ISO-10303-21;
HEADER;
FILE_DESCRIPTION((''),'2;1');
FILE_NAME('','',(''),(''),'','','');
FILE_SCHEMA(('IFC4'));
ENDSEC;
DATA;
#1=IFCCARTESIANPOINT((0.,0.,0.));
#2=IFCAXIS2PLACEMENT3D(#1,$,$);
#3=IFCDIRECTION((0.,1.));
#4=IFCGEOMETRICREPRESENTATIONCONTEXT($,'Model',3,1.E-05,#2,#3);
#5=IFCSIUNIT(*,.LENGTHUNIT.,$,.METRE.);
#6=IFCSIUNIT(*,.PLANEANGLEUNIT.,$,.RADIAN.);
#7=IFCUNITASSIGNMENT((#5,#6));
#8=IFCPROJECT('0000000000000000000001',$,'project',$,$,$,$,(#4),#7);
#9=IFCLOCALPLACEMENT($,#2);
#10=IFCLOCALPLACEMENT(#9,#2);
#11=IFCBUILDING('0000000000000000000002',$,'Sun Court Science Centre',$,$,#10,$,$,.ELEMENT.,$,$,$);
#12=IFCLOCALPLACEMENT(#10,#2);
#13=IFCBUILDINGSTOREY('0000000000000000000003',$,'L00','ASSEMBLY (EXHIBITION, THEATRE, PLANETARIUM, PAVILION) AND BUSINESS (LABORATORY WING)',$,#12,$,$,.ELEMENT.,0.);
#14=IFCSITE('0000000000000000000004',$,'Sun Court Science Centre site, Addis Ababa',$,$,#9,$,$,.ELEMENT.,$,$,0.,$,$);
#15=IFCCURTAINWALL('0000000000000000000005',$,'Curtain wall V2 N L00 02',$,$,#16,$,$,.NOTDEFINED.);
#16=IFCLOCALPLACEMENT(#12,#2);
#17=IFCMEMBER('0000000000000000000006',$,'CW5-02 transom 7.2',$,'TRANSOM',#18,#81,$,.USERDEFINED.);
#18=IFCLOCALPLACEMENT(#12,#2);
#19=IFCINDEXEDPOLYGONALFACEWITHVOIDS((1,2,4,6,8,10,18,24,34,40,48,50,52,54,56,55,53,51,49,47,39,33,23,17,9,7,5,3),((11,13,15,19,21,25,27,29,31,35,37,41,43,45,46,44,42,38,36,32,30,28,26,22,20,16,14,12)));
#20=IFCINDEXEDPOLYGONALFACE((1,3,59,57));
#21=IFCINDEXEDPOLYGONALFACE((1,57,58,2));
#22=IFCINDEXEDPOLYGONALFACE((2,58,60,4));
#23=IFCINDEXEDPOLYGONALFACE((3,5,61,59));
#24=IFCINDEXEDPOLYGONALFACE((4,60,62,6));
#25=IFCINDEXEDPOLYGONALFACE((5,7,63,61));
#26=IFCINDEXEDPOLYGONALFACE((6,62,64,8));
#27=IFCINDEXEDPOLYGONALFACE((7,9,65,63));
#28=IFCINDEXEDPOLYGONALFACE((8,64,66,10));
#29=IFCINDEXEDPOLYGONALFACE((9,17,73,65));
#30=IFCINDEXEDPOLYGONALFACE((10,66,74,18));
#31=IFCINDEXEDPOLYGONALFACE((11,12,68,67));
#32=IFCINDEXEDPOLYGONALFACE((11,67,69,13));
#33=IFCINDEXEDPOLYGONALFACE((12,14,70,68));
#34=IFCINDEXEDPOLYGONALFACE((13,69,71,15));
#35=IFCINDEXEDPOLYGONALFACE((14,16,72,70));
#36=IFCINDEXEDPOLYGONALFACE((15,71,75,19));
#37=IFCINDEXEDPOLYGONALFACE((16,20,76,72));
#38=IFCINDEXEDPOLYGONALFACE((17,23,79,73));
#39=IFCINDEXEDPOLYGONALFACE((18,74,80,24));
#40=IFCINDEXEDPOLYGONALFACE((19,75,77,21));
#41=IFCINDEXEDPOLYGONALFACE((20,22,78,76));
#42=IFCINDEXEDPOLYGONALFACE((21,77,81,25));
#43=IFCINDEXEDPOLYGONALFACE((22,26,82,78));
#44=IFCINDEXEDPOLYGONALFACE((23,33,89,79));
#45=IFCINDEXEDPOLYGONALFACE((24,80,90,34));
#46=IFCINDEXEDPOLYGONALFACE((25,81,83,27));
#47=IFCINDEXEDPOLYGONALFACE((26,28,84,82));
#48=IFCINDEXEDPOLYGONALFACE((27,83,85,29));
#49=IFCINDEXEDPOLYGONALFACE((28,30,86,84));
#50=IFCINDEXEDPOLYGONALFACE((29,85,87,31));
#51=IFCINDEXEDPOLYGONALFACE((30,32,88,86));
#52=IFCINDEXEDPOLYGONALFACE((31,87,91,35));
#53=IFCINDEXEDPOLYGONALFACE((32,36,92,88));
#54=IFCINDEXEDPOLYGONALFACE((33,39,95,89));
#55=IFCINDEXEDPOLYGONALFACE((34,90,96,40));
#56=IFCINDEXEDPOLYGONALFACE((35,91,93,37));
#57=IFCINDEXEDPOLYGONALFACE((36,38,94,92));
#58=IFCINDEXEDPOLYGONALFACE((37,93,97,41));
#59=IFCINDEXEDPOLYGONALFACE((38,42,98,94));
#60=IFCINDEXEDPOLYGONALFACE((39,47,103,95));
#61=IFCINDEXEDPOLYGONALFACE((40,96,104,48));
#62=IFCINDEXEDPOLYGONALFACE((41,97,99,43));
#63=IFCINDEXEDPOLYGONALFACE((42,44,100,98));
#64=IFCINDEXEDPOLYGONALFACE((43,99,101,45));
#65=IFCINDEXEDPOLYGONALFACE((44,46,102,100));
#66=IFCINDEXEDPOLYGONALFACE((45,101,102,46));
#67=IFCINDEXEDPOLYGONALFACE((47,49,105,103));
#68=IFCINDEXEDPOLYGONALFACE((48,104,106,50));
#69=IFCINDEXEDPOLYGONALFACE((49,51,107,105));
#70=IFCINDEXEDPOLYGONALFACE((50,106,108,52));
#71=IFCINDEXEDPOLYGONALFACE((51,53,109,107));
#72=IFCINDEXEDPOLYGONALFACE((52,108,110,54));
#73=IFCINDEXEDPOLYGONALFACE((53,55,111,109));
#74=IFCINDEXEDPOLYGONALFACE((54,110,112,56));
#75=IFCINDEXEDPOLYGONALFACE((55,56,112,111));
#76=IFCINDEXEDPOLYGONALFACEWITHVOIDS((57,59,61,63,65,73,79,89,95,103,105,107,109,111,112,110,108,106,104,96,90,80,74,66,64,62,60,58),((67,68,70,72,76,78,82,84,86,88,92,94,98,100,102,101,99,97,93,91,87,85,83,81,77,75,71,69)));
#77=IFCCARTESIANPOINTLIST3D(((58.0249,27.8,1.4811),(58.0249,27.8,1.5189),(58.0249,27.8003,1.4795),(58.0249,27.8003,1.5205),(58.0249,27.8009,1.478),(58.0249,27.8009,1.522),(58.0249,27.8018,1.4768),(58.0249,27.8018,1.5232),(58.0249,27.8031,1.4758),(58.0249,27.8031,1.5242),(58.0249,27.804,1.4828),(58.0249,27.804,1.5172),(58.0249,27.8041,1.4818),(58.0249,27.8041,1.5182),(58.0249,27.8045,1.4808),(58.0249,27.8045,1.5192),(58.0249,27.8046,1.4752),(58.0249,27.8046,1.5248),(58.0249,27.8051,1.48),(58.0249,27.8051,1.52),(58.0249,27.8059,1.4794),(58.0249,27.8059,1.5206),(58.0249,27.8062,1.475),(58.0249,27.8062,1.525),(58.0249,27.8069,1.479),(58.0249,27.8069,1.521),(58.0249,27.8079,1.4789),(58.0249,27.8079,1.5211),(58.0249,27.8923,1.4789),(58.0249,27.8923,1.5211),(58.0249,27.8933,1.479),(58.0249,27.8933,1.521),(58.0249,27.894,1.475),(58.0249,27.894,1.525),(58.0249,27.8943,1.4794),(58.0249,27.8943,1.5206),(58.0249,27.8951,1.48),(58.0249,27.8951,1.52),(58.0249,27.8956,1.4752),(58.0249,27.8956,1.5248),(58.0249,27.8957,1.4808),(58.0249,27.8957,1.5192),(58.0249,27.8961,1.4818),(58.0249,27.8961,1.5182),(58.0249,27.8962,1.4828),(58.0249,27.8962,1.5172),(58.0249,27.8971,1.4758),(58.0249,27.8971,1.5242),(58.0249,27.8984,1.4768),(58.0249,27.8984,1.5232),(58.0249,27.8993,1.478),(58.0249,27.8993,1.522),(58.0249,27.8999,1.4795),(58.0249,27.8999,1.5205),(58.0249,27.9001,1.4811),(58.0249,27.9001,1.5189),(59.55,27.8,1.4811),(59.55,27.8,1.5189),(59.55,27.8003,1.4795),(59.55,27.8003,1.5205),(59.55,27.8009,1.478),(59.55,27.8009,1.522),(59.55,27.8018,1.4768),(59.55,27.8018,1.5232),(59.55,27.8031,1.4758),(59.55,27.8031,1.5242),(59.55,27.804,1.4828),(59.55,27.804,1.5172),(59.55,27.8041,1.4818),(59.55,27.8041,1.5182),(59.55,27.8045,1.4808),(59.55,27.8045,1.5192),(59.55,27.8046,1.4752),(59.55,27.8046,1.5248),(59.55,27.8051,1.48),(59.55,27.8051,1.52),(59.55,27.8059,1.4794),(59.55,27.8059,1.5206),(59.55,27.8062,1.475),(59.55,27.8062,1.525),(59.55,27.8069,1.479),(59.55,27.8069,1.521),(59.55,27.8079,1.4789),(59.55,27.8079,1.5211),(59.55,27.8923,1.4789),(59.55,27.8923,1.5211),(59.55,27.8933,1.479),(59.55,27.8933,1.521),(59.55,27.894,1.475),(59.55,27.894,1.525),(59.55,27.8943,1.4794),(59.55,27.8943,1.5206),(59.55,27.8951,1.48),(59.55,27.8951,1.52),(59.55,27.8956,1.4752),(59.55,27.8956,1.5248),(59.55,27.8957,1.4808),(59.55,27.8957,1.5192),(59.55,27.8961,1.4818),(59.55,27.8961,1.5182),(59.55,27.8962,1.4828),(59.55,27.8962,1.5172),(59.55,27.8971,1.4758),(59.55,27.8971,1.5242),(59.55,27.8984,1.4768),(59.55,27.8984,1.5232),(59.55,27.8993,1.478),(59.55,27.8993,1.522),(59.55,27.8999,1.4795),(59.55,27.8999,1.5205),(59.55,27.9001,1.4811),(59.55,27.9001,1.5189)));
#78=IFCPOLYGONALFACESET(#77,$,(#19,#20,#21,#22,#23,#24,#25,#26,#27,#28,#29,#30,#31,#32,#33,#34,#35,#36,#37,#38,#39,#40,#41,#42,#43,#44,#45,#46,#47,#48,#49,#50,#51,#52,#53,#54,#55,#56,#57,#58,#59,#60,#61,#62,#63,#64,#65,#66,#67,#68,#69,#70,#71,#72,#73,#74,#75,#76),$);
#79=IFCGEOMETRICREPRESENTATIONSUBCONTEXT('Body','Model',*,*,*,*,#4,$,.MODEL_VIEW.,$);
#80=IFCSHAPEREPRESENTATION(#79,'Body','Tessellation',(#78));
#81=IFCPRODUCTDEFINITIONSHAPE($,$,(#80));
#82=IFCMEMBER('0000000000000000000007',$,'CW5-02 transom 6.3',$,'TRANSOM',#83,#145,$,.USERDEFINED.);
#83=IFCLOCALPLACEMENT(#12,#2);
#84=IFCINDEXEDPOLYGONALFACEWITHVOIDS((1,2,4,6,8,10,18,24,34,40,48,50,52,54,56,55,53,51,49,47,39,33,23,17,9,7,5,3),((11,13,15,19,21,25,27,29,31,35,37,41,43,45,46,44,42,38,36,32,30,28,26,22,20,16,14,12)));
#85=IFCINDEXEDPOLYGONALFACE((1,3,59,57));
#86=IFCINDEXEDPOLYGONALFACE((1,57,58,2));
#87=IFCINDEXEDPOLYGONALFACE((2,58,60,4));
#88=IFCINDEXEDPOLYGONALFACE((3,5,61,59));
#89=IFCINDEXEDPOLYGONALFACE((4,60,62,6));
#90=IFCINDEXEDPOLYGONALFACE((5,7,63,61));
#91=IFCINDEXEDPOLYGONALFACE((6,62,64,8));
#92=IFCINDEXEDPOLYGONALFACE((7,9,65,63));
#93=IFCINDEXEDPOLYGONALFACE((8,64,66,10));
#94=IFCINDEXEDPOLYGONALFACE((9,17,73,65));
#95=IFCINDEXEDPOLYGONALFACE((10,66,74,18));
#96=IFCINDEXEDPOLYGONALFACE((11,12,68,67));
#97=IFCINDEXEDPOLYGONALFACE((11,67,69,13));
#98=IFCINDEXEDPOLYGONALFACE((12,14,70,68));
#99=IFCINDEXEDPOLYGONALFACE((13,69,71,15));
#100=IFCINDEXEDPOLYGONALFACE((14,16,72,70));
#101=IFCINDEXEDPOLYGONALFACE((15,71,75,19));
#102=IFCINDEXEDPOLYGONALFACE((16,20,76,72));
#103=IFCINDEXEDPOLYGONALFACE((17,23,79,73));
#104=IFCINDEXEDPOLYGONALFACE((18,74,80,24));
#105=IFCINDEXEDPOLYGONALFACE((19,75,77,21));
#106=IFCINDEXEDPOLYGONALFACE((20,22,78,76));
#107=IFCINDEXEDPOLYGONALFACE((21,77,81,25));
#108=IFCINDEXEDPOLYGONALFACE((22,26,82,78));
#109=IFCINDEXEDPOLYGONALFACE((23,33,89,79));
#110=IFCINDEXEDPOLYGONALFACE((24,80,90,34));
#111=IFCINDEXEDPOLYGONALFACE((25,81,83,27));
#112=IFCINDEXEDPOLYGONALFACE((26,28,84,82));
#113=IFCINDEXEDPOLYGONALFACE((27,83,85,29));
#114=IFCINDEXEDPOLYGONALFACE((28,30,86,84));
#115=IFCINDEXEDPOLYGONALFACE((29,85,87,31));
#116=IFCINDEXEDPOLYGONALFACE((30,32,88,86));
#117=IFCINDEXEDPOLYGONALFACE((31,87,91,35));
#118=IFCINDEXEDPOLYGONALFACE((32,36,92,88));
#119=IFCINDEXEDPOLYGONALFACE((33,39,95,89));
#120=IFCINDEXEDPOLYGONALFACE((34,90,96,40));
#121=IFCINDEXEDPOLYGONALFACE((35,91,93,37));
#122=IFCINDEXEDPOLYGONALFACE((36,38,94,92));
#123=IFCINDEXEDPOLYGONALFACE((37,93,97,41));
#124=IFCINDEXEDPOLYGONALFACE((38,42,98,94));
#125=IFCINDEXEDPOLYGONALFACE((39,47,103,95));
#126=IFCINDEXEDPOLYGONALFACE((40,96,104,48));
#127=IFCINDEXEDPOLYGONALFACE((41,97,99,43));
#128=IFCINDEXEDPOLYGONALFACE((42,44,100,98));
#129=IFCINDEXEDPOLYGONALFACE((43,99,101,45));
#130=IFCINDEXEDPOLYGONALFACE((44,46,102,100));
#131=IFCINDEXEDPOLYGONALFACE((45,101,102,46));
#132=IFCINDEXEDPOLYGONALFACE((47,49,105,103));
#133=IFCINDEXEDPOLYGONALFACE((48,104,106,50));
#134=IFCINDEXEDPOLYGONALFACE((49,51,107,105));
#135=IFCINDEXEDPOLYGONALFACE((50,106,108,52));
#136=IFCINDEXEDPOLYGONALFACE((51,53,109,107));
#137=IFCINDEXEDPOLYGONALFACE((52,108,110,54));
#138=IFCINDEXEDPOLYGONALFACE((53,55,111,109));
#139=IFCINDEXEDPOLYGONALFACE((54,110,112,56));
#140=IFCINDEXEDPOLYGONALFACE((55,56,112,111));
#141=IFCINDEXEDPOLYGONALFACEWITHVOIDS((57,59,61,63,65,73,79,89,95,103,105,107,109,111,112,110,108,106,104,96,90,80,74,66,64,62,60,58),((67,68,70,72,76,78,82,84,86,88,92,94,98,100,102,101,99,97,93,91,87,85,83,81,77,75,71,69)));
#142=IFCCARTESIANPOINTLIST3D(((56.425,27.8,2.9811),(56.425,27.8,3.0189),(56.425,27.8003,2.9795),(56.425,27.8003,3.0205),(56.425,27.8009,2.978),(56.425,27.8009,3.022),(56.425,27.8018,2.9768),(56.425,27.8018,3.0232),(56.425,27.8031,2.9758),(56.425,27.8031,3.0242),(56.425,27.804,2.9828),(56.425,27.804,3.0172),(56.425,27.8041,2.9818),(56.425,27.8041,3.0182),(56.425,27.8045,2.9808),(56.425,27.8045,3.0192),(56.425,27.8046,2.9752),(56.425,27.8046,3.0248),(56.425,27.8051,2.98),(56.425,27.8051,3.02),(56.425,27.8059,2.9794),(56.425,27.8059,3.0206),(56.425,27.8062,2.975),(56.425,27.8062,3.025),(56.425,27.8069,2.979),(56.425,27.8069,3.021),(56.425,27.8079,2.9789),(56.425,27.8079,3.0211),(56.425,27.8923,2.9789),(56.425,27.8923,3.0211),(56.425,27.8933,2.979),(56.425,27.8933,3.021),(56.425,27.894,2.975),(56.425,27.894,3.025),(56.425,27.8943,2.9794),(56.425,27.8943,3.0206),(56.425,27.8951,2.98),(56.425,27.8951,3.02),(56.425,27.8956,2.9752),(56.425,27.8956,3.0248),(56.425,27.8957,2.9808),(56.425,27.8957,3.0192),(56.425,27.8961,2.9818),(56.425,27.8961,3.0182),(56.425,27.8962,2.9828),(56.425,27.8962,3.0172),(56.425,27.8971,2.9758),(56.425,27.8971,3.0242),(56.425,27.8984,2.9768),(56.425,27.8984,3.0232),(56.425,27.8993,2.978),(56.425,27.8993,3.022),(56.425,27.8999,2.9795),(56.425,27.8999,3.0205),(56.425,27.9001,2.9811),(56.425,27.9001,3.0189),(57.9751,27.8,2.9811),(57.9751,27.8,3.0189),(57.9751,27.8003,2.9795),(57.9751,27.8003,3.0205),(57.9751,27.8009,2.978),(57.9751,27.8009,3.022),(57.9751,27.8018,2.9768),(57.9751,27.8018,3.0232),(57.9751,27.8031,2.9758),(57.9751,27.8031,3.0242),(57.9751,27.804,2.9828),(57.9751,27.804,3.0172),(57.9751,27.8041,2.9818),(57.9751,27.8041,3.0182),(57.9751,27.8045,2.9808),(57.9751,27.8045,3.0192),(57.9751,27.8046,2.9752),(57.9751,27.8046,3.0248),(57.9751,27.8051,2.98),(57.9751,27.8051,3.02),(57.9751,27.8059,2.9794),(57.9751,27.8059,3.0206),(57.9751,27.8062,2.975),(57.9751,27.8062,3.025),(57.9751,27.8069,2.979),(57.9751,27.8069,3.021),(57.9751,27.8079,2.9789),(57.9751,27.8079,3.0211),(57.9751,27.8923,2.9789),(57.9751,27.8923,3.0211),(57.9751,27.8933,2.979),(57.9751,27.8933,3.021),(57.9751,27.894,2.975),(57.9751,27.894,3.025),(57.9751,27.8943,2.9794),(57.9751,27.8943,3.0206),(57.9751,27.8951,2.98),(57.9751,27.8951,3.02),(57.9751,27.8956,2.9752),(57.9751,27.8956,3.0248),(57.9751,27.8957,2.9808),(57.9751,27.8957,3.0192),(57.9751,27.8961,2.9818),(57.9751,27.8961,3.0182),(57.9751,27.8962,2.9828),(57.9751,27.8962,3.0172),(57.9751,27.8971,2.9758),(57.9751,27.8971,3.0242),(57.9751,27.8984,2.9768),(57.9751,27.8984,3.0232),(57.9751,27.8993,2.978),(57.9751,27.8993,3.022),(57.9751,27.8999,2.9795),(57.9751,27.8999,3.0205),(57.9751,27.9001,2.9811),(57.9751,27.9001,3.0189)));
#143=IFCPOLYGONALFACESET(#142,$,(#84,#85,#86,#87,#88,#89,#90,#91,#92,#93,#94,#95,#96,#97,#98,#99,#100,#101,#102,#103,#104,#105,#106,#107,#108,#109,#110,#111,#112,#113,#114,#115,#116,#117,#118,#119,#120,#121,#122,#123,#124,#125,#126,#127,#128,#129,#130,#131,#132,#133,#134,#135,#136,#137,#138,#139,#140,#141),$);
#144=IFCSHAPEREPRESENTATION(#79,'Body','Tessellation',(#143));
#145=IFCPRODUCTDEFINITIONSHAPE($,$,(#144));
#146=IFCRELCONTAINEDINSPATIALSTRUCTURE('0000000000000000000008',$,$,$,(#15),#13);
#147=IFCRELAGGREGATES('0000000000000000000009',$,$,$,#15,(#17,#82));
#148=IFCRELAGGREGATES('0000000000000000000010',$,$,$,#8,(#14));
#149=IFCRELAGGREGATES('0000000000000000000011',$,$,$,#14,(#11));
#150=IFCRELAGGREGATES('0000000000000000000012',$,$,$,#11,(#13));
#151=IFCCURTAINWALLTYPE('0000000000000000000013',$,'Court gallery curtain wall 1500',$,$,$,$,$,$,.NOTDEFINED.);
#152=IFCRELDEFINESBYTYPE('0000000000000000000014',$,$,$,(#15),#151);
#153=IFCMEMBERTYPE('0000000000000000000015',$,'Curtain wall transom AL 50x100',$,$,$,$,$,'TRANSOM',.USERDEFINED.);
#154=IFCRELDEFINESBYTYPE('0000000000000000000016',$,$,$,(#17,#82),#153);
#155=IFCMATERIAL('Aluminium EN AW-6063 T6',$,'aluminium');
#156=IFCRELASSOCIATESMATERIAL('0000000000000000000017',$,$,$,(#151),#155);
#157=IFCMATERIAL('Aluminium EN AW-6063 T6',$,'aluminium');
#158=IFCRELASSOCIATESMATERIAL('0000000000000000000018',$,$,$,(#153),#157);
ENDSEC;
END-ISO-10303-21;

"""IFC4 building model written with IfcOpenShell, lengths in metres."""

from ifc_helpers import new_model, si_unit, direction, frame, origin, origin_2d, place, context, subcontext, project, spatial, hollow_rectangle, extrude, material, material_profile, profile_set, type_object, element, aggregate, save


model = new_model("IFC4")

# Units and contexts
model_context = context("Model", 3, precision=1e-05, world=origin(), true_north=direction((0.0, 1.0)))
body_context = subcontext(model_context, "Body", "Model", "MODEL_VIEW")
ifc_project = project(units=[si_unit("LENGTHUNIT", "METRE"), si_unit("PLANEANGLEUNIT", "RADIAN")], contexts=[model_context])

# Site, building, storey
site_placement = place(None, origin())
site = spatial("IfcSite", under=ifc_project, at=site_placement, Name="Sun Court Science Centre site, Addis Ababa", CompositionType="ELEMENT", RefElevation=0.0)
building_placement = place(site_placement, origin())
building = spatial("IfcBuilding", under=site, at=building_placement, Name="Sun Court Science Centre", CompositionType="ELEMENT")
storey_placement = place(building_placement, origin())
storey = spatial("IfcBuildingStorey", under=building, at=storey_placement, Name="L00", Description="ASSEMBLY (EXHIBITION, THEATRE, PLANETARIUM, PAVILION) AND BUSINESS (LABORATORY WING)", CompositionType="ELEMENT", Elevation=0.0)

# Curtain wall, members
ifc_material_1 = material(Name="Aluminium EN AW-6063 T6", Category="aluminium")
curtain_wall_type = type_object("IfcCurtainWallType", Name="Court gallery curtain wall 1500", PredefinedType="NOTDEFINED", material=ifc_material_1)
curtain_wall_placement = place(storey_placement, origin())
curtain_wall = element("IfcCurtainWall", 1, at=curtain_wall_placement, inside=storey, type_object=curtain_wall_type, Name="Curtain wall V2 N L00 02", PredefinedType="NOTDEFINED")
ifc_material_2 = material(Name="Aluminium EN AW-6063 T6", Category="aluminium")
ifc_material_profile_1 = material_profile(ifc_material_2, hollow_rectangle(XDim=0.05, YDim=0.1001, WallThickness=0.0039, InnerFilletRadius=0.0039, OuterFilletRadius=0.0061, at=origin_2d()), Name="AL 50x100x4")
ifc_profile_set_1 = profile_set([ifc_material_profile_1], Name="Aluminium EN AW-6063 T6")
member_type_1 = type_object("IfcMemberType", Name="Curtain wall transom AL 50x100", ElementType="TRANSOM", PredefinedType="USERDEFINED", material=ifc_profile_set_1)
member_1_placement = place(storey_placement, frame((58.0249, 27.8501, 1.5), z_axis=(1.0, 0.0, 0.0), x_axis=(0.0, 0.0, 1.0)))
member_1 = element("IfcMember", 2, at=member_1_placement, type_object=member_type_1, Name="CW5-02 transom 7.2", ObjectType="TRANSOM", PredefinedType="USERDEFINED", context=body_context, shape_type="SweptSolid", body=[
    extrude(hollow_rectangle(XDim=0.05, YDim=0.1001, WallThickness=0.0039, InnerFilletRadius=0.0039, OuterFilletRadius=0.0061, at=origin_2d()), origin(), (0.0, 0.0, 1.0), 1.5251),
])
member_2_placement = place(storey_placement, frame((56.425, 27.8501, 3.0), z_axis=(1.0, 0.0, 0.0), x_axis=(0.0, 0.0, 1.0)))
member_2 = element("IfcMember", 3, at=member_2_placement, type_object=member_type_1, Name="CW5-02 transom 6.3", ObjectType="TRANSOM", PredefinedType="USERDEFINED", context=body_context, shape_type="SweptSolid", body=[
    extrude(hollow_rectangle(XDim=0.05, YDim=0.1001, WallThickness=0.0039, InnerFilletRadius=0.0039, OuterFilletRadius=0.0061, at=origin_2d()), origin(), (0.0, 0.0, 1.0), 1.55),
])
aggregate(curtain_wall, [member_1, member_2])

save(model, "model.ifc")
